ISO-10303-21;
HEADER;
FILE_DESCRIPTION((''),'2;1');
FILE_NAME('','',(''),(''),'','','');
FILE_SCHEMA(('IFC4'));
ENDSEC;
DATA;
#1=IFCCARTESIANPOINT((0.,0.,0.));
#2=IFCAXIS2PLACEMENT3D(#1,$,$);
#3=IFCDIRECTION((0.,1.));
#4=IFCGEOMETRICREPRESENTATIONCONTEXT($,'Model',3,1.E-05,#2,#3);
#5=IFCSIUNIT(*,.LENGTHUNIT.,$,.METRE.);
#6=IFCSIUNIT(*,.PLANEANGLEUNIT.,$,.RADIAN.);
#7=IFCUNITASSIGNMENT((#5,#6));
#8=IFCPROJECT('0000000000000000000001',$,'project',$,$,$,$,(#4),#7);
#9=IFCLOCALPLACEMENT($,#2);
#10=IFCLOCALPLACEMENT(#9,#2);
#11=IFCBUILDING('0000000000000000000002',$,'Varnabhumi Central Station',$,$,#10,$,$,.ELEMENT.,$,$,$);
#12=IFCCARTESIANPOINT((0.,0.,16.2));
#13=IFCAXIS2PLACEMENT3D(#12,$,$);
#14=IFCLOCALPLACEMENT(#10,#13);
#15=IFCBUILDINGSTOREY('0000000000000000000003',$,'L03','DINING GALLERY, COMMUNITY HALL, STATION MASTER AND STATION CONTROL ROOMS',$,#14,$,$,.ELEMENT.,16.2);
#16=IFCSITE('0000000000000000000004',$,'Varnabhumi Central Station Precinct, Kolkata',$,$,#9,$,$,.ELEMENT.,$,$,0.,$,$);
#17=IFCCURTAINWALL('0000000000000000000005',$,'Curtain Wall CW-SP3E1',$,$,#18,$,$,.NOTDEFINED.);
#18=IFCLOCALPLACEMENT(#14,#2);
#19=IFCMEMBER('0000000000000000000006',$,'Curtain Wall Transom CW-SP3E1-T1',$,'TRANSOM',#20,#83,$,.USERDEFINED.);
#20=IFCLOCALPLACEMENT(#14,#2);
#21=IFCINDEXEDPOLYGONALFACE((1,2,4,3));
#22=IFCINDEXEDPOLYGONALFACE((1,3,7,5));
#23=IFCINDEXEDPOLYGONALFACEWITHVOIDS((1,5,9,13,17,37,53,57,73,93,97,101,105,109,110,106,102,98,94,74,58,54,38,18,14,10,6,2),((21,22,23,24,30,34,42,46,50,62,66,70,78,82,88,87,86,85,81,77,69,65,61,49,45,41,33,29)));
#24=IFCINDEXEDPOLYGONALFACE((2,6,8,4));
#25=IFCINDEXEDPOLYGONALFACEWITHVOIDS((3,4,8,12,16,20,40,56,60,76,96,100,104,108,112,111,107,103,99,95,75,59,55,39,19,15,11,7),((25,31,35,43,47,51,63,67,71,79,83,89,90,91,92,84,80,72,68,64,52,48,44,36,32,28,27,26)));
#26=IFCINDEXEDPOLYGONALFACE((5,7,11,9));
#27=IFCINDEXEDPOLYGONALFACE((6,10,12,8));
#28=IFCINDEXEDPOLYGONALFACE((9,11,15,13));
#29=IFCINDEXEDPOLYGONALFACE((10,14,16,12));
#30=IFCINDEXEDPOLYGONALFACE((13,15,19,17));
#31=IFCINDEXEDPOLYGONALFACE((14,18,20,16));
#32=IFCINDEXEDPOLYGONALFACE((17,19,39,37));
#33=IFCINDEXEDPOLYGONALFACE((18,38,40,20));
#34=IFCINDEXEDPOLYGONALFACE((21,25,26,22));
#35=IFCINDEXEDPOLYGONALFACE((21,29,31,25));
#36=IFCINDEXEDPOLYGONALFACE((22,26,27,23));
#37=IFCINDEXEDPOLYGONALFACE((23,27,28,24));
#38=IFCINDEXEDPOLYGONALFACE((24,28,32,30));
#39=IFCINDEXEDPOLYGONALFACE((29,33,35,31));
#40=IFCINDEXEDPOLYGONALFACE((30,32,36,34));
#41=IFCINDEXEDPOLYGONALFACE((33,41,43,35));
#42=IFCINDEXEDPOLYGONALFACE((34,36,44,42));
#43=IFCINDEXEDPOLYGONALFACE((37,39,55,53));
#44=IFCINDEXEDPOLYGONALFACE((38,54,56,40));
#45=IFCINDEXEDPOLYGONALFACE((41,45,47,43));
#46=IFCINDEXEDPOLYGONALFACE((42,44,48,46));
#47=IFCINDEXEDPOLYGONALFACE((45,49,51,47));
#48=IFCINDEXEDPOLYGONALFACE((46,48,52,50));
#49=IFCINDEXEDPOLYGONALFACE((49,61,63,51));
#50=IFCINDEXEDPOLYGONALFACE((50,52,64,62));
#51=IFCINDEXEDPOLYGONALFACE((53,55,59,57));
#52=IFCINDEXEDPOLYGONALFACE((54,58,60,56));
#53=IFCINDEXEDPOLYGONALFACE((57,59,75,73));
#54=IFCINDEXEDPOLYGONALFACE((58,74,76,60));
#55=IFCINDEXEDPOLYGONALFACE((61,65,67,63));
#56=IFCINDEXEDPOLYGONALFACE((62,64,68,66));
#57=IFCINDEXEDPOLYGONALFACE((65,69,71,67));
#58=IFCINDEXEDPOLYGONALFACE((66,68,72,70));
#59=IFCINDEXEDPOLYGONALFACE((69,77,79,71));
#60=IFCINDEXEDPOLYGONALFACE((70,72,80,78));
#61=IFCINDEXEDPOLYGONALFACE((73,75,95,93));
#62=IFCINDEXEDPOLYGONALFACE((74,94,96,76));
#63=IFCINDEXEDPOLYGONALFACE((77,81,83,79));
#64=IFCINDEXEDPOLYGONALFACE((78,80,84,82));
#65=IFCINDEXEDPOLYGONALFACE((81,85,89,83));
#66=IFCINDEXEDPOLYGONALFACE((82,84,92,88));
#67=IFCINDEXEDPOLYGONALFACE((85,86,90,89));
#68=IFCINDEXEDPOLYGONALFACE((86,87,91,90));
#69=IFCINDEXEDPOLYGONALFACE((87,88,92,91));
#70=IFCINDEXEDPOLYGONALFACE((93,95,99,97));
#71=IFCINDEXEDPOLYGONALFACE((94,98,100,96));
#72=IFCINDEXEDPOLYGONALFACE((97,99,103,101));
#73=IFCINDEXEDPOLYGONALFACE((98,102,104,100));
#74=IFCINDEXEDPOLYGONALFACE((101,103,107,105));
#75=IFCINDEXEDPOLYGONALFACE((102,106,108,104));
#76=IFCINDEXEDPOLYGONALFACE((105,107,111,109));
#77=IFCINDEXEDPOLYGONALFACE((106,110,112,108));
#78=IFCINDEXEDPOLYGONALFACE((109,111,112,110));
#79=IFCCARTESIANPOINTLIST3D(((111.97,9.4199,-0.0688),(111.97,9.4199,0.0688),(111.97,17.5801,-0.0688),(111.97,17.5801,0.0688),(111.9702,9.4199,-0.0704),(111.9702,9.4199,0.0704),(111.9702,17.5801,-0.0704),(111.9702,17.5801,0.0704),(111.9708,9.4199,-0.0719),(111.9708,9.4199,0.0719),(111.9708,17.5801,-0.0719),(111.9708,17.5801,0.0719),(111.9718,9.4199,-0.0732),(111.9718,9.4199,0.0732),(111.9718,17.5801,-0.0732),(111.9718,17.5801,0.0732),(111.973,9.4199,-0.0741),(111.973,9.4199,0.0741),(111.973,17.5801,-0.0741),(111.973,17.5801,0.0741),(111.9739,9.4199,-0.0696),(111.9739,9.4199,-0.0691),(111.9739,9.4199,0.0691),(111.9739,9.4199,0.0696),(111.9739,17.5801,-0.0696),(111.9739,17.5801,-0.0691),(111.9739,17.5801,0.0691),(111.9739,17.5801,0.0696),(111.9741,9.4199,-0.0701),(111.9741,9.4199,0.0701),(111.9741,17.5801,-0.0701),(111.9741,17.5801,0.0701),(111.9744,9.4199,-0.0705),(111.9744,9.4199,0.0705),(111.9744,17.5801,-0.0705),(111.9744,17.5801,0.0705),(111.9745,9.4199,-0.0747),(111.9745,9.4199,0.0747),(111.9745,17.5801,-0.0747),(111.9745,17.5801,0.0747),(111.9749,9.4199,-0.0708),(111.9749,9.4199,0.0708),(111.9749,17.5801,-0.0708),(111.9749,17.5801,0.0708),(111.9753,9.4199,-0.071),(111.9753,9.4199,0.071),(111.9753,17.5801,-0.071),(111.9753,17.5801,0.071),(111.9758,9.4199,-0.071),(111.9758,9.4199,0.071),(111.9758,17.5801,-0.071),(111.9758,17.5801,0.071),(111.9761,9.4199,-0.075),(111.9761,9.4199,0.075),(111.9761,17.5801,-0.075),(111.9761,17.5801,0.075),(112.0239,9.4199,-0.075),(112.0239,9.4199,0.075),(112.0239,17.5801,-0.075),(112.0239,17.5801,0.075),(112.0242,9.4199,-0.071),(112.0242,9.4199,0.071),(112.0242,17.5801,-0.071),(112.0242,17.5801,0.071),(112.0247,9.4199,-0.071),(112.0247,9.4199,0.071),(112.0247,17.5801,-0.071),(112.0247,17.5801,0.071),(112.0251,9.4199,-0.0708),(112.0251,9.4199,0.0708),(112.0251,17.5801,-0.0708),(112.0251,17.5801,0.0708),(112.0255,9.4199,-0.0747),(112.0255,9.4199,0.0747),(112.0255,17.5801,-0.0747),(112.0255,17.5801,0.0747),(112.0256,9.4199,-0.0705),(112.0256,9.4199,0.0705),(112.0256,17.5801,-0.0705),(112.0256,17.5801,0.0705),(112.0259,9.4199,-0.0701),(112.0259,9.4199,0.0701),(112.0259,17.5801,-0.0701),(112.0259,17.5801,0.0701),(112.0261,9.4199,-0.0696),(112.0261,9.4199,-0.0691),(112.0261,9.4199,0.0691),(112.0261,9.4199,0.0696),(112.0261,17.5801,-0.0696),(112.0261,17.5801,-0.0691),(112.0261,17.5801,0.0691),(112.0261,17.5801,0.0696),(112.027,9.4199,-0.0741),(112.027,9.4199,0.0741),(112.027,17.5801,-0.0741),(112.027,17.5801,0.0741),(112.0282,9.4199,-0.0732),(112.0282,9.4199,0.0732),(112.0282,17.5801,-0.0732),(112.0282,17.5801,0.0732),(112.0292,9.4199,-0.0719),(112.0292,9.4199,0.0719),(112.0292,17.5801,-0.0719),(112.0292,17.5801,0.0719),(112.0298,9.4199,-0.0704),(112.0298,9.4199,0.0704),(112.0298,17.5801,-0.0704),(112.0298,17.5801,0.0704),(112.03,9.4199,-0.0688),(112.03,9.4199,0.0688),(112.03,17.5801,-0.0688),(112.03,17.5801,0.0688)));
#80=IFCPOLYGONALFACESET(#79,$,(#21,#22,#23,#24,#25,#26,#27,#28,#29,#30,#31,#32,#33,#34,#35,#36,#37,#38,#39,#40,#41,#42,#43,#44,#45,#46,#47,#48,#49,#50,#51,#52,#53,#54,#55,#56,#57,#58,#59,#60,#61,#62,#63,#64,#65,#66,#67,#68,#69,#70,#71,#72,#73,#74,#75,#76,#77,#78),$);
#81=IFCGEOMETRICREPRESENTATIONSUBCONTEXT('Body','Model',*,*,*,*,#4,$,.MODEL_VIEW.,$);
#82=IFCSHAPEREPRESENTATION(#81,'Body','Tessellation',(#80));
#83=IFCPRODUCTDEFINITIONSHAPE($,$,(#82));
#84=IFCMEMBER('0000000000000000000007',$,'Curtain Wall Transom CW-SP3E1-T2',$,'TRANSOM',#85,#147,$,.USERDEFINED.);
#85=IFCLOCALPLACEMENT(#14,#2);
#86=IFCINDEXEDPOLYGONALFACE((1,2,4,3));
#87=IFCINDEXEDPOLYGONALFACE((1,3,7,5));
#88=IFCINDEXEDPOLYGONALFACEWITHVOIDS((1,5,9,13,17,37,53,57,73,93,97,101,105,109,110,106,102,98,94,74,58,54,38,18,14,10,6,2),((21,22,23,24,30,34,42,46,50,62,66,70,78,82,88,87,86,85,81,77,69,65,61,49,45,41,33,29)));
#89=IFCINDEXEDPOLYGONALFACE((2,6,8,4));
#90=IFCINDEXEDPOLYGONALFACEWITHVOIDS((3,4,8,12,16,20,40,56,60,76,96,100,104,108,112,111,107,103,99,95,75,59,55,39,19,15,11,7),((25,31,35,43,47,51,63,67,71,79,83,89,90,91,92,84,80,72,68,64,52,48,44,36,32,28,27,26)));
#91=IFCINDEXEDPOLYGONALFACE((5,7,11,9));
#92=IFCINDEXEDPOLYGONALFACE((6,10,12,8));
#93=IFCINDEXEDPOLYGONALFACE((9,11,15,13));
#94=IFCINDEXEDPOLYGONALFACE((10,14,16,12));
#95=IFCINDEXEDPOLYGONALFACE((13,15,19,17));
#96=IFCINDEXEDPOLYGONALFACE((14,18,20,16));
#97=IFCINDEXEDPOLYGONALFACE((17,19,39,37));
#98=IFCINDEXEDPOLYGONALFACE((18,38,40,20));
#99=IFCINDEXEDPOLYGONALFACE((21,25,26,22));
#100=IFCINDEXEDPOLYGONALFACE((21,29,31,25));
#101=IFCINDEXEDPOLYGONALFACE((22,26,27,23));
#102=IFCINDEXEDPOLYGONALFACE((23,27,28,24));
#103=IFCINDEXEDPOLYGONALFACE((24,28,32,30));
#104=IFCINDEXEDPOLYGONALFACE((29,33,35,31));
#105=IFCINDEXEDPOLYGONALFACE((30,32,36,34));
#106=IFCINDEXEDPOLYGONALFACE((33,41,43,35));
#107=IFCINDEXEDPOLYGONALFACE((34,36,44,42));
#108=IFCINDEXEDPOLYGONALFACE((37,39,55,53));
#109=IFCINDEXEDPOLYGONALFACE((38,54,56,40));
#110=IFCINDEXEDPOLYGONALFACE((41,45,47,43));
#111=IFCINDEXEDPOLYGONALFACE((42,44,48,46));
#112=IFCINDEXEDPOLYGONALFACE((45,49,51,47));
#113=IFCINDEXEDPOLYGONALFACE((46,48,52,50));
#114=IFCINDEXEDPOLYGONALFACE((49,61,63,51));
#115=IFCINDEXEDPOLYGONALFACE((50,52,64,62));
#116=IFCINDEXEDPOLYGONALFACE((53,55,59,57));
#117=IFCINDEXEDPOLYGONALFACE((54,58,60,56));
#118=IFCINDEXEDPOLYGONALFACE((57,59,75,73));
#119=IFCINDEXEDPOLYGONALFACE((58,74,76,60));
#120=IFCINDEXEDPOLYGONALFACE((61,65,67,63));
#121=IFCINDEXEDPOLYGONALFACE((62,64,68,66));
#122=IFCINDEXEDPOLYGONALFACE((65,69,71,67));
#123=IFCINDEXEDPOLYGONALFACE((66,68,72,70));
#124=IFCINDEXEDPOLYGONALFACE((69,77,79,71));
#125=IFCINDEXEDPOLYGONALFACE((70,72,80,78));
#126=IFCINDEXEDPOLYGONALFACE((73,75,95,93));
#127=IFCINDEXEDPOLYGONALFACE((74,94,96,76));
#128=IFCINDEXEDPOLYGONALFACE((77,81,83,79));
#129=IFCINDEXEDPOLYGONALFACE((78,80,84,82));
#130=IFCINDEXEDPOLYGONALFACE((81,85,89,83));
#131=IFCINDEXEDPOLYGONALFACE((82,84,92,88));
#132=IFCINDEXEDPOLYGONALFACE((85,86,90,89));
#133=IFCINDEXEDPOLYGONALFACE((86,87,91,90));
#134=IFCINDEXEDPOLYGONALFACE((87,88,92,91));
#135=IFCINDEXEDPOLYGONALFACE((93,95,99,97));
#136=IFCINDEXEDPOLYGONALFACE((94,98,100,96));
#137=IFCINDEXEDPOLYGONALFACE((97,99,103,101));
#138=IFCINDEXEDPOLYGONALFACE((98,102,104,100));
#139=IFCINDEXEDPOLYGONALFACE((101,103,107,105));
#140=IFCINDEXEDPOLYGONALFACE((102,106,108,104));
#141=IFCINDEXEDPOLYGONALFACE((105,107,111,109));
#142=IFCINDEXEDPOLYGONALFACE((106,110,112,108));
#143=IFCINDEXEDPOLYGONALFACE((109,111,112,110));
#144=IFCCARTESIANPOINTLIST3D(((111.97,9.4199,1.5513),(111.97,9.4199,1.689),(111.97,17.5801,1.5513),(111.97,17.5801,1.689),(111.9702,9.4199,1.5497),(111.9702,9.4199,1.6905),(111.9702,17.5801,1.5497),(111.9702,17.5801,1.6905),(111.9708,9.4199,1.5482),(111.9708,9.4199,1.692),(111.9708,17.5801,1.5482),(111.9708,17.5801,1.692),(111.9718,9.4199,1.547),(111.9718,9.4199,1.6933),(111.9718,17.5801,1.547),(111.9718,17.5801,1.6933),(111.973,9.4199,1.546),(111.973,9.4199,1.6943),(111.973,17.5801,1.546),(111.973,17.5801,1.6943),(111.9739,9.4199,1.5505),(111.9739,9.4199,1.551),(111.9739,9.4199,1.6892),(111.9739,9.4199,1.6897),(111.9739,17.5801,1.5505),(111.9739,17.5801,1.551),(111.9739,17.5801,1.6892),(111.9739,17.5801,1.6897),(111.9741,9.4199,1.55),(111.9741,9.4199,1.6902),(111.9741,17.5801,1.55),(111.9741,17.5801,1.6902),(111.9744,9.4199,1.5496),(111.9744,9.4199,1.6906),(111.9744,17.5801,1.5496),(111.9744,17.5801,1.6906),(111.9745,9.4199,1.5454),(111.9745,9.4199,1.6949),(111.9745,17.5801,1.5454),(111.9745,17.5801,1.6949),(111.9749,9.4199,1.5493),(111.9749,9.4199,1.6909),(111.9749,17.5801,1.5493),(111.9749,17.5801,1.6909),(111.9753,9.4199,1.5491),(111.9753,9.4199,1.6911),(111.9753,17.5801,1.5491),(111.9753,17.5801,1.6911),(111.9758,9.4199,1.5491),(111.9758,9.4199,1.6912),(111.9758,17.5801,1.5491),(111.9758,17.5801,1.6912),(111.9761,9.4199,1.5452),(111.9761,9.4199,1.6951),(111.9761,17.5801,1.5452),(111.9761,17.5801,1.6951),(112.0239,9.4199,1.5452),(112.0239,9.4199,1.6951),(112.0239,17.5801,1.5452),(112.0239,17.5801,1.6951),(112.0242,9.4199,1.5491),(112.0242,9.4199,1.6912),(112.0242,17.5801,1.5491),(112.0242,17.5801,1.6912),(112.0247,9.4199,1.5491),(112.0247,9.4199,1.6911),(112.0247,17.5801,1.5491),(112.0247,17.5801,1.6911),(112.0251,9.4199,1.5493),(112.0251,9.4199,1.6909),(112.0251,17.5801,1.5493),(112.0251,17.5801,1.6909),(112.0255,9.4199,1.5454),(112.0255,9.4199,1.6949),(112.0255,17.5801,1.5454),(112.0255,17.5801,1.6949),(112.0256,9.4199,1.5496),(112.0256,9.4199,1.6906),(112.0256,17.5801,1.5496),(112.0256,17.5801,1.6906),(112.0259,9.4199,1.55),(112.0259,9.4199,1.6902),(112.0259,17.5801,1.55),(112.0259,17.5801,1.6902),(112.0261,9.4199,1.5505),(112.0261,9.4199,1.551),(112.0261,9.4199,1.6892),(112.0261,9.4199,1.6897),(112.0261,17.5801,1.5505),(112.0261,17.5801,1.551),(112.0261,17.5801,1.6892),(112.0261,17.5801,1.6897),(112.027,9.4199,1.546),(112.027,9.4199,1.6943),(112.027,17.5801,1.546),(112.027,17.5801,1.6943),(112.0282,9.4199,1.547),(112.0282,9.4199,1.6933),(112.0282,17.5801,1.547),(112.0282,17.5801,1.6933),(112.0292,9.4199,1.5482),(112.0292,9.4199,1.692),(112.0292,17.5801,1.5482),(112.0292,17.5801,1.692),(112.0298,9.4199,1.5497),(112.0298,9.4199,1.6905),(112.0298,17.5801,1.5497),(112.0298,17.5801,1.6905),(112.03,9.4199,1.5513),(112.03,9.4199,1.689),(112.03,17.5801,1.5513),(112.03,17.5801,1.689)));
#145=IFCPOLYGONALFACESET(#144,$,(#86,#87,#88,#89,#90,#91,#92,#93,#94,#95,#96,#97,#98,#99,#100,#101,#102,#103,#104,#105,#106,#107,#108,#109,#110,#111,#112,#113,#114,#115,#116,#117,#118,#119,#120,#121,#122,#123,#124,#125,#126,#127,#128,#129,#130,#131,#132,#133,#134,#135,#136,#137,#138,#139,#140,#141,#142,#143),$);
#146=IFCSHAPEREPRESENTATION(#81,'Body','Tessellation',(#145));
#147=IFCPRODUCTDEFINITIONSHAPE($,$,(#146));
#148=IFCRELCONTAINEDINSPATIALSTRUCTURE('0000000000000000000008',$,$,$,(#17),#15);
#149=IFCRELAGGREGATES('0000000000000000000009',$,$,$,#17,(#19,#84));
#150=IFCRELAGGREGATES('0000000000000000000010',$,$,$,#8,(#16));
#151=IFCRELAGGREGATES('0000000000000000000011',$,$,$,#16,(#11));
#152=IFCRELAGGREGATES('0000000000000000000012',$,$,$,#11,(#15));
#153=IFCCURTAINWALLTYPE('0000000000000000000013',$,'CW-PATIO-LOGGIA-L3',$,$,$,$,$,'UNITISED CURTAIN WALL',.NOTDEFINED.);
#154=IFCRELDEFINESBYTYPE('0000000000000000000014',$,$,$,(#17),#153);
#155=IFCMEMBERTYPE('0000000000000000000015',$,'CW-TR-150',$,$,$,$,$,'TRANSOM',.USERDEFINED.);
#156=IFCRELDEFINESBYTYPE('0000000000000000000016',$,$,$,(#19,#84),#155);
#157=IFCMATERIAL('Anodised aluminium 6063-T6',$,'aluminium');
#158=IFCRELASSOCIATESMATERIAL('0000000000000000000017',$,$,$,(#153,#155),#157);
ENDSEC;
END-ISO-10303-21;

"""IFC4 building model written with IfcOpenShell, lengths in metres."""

from ifc_helpers import new_model, si_unit, direction, frame, origin, origin_2d, place, context, subcontext, project, spatial, hollow_rectangle, extrude, material, material_profile, profile_set, type_object, element, aggregate, save


model = new_model("IFC4")

# Units and contexts
model_context = context("Model", 3, precision=1e-05, world=origin(), true_north=direction((0.0, 1.0)))
body_context = subcontext(model_context, "Body", "Model", "MODEL_VIEW")
ifc_project = project(units=[si_unit("LENGTHUNIT", "METRE"), si_unit("PLANEANGLEUNIT", "RADIAN")], contexts=[model_context])

# Site, building, storey
site_placement = place(None, origin())
site = spatial("IfcSite", under=ifc_project, at=site_placement, Name="Varnabhumi Central Station Precinct, Kolkata", CompositionType="ELEMENT", RefElevation=0.0)
building_placement = place(site_placement, origin())
building = spatial("IfcBuilding", under=site, at=building_placement, Name="Varnabhumi Central Station", CompositionType="ELEMENT")
storey_placement = place(building_placement, frame((0.0, 0.0, 16.2)))
storey = spatial("IfcBuildingStorey", under=building, at=storey_placement, Name="L03", Description="DINING GALLERY, COMMUNITY HALL, STATION MASTER AND STATION CONTROL ROOMS", CompositionType="ELEMENT", Elevation=16.2)

# Curtain wall
ifc_material_1 = material(Name="Anodised aluminium 6063-T6", Category="aluminium")
curtain_wall_type = type_object("IfcCurtainWallType", Name="CW-PATIO-LOGGIA-L3", ElementType="UNITISED CURTAIN WALL", PredefinedType="NOTDEFINED", material=ifc_material_1)
curtain_wall_1_placement = place(storey_placement, origin())
curtain_wall_1 = element("IfcCurtainWall", 1, at=curtain_wall_1_placement, inside=storey, type_object=curtain_wall_type, Name="Curtain Wall CW-SP3E1", PredefinedType="NOTDEFINED")

# Members
ifc_material_profile_1 = material_profile(ifc_material_1, hollow_rectangle(XDim=0.0601, YDim=0.1499, WallThickness=0.0039, InnerFilletRadius=0.002, OuterFilletRadius=0.0061, at=origin_2d()), Name="Anodised aluminium 6063-T6", Category="aluminium")
ifc_profile_set_1 = profile_set([ifc_material_profile_1], Name="Anodised aluminium 6063-T6")
member_type_1 = type_object("IfcMemberType", Name="CW-TR-150", ElementType="TRANSOM", PredefinedType="USERDEFINED", material=ifc_profile_set_1)
member_1_placement = place(storey_placement, frame((112.0, 9.4199, 0.0), z_axis=(0.0, 1.0, 0.0), x_axis=(-1.0, 0.0, 0.0)))
member_1 = element("IfcMember", 2, at=member_1_placement, type_object=member_type_1, Name="Curtain Wall Transom CW-SP3E1-T1", ObjectType="TRANSOM", PredefinedType="USERDEFINED", context=body_context, shape_type="SweptSolid", body=[
    extrude(hollow_rectangle(XDim=0.0601, YDim=0.1499, WallThickness=0.0039, InnerFilletRadius=0.002, OuterFilletRadius=0.0061, at=origin_2d()), origin(), (0.0, 0.0, 1.0), 8.1602),
])
member_2_placement = place(storey_placement, frame((112.0, 9.4199, 1.6201), z_axis=(0.0, 1.0, 0.0), x_axis=(-1.0, 0.0, 0.0)))
member_2 = element("IfcMember", 3, at=member_2_placement, type_object=member_type_1, Name="Curtain Wall Transom CW-SP3E1-T2", ObjectType="TRANSOM", PredefinedType="USERDEFINED", context=body_context, shape_type="SweptSolid", body=[
    extrude(hollow_rectangle(XDim=0.0601, YDim=0.1499, WallThickness=0.0039, InnerFilletRadius=0.002, OuterFilletRadius=0.0061, at=origin_2d()), origin(), (0.0, 0.0, 1.0), 8.1602),
])

aggregate(curtain_wall_1, [member_1, member_2])

save(model, "model.ifc")
